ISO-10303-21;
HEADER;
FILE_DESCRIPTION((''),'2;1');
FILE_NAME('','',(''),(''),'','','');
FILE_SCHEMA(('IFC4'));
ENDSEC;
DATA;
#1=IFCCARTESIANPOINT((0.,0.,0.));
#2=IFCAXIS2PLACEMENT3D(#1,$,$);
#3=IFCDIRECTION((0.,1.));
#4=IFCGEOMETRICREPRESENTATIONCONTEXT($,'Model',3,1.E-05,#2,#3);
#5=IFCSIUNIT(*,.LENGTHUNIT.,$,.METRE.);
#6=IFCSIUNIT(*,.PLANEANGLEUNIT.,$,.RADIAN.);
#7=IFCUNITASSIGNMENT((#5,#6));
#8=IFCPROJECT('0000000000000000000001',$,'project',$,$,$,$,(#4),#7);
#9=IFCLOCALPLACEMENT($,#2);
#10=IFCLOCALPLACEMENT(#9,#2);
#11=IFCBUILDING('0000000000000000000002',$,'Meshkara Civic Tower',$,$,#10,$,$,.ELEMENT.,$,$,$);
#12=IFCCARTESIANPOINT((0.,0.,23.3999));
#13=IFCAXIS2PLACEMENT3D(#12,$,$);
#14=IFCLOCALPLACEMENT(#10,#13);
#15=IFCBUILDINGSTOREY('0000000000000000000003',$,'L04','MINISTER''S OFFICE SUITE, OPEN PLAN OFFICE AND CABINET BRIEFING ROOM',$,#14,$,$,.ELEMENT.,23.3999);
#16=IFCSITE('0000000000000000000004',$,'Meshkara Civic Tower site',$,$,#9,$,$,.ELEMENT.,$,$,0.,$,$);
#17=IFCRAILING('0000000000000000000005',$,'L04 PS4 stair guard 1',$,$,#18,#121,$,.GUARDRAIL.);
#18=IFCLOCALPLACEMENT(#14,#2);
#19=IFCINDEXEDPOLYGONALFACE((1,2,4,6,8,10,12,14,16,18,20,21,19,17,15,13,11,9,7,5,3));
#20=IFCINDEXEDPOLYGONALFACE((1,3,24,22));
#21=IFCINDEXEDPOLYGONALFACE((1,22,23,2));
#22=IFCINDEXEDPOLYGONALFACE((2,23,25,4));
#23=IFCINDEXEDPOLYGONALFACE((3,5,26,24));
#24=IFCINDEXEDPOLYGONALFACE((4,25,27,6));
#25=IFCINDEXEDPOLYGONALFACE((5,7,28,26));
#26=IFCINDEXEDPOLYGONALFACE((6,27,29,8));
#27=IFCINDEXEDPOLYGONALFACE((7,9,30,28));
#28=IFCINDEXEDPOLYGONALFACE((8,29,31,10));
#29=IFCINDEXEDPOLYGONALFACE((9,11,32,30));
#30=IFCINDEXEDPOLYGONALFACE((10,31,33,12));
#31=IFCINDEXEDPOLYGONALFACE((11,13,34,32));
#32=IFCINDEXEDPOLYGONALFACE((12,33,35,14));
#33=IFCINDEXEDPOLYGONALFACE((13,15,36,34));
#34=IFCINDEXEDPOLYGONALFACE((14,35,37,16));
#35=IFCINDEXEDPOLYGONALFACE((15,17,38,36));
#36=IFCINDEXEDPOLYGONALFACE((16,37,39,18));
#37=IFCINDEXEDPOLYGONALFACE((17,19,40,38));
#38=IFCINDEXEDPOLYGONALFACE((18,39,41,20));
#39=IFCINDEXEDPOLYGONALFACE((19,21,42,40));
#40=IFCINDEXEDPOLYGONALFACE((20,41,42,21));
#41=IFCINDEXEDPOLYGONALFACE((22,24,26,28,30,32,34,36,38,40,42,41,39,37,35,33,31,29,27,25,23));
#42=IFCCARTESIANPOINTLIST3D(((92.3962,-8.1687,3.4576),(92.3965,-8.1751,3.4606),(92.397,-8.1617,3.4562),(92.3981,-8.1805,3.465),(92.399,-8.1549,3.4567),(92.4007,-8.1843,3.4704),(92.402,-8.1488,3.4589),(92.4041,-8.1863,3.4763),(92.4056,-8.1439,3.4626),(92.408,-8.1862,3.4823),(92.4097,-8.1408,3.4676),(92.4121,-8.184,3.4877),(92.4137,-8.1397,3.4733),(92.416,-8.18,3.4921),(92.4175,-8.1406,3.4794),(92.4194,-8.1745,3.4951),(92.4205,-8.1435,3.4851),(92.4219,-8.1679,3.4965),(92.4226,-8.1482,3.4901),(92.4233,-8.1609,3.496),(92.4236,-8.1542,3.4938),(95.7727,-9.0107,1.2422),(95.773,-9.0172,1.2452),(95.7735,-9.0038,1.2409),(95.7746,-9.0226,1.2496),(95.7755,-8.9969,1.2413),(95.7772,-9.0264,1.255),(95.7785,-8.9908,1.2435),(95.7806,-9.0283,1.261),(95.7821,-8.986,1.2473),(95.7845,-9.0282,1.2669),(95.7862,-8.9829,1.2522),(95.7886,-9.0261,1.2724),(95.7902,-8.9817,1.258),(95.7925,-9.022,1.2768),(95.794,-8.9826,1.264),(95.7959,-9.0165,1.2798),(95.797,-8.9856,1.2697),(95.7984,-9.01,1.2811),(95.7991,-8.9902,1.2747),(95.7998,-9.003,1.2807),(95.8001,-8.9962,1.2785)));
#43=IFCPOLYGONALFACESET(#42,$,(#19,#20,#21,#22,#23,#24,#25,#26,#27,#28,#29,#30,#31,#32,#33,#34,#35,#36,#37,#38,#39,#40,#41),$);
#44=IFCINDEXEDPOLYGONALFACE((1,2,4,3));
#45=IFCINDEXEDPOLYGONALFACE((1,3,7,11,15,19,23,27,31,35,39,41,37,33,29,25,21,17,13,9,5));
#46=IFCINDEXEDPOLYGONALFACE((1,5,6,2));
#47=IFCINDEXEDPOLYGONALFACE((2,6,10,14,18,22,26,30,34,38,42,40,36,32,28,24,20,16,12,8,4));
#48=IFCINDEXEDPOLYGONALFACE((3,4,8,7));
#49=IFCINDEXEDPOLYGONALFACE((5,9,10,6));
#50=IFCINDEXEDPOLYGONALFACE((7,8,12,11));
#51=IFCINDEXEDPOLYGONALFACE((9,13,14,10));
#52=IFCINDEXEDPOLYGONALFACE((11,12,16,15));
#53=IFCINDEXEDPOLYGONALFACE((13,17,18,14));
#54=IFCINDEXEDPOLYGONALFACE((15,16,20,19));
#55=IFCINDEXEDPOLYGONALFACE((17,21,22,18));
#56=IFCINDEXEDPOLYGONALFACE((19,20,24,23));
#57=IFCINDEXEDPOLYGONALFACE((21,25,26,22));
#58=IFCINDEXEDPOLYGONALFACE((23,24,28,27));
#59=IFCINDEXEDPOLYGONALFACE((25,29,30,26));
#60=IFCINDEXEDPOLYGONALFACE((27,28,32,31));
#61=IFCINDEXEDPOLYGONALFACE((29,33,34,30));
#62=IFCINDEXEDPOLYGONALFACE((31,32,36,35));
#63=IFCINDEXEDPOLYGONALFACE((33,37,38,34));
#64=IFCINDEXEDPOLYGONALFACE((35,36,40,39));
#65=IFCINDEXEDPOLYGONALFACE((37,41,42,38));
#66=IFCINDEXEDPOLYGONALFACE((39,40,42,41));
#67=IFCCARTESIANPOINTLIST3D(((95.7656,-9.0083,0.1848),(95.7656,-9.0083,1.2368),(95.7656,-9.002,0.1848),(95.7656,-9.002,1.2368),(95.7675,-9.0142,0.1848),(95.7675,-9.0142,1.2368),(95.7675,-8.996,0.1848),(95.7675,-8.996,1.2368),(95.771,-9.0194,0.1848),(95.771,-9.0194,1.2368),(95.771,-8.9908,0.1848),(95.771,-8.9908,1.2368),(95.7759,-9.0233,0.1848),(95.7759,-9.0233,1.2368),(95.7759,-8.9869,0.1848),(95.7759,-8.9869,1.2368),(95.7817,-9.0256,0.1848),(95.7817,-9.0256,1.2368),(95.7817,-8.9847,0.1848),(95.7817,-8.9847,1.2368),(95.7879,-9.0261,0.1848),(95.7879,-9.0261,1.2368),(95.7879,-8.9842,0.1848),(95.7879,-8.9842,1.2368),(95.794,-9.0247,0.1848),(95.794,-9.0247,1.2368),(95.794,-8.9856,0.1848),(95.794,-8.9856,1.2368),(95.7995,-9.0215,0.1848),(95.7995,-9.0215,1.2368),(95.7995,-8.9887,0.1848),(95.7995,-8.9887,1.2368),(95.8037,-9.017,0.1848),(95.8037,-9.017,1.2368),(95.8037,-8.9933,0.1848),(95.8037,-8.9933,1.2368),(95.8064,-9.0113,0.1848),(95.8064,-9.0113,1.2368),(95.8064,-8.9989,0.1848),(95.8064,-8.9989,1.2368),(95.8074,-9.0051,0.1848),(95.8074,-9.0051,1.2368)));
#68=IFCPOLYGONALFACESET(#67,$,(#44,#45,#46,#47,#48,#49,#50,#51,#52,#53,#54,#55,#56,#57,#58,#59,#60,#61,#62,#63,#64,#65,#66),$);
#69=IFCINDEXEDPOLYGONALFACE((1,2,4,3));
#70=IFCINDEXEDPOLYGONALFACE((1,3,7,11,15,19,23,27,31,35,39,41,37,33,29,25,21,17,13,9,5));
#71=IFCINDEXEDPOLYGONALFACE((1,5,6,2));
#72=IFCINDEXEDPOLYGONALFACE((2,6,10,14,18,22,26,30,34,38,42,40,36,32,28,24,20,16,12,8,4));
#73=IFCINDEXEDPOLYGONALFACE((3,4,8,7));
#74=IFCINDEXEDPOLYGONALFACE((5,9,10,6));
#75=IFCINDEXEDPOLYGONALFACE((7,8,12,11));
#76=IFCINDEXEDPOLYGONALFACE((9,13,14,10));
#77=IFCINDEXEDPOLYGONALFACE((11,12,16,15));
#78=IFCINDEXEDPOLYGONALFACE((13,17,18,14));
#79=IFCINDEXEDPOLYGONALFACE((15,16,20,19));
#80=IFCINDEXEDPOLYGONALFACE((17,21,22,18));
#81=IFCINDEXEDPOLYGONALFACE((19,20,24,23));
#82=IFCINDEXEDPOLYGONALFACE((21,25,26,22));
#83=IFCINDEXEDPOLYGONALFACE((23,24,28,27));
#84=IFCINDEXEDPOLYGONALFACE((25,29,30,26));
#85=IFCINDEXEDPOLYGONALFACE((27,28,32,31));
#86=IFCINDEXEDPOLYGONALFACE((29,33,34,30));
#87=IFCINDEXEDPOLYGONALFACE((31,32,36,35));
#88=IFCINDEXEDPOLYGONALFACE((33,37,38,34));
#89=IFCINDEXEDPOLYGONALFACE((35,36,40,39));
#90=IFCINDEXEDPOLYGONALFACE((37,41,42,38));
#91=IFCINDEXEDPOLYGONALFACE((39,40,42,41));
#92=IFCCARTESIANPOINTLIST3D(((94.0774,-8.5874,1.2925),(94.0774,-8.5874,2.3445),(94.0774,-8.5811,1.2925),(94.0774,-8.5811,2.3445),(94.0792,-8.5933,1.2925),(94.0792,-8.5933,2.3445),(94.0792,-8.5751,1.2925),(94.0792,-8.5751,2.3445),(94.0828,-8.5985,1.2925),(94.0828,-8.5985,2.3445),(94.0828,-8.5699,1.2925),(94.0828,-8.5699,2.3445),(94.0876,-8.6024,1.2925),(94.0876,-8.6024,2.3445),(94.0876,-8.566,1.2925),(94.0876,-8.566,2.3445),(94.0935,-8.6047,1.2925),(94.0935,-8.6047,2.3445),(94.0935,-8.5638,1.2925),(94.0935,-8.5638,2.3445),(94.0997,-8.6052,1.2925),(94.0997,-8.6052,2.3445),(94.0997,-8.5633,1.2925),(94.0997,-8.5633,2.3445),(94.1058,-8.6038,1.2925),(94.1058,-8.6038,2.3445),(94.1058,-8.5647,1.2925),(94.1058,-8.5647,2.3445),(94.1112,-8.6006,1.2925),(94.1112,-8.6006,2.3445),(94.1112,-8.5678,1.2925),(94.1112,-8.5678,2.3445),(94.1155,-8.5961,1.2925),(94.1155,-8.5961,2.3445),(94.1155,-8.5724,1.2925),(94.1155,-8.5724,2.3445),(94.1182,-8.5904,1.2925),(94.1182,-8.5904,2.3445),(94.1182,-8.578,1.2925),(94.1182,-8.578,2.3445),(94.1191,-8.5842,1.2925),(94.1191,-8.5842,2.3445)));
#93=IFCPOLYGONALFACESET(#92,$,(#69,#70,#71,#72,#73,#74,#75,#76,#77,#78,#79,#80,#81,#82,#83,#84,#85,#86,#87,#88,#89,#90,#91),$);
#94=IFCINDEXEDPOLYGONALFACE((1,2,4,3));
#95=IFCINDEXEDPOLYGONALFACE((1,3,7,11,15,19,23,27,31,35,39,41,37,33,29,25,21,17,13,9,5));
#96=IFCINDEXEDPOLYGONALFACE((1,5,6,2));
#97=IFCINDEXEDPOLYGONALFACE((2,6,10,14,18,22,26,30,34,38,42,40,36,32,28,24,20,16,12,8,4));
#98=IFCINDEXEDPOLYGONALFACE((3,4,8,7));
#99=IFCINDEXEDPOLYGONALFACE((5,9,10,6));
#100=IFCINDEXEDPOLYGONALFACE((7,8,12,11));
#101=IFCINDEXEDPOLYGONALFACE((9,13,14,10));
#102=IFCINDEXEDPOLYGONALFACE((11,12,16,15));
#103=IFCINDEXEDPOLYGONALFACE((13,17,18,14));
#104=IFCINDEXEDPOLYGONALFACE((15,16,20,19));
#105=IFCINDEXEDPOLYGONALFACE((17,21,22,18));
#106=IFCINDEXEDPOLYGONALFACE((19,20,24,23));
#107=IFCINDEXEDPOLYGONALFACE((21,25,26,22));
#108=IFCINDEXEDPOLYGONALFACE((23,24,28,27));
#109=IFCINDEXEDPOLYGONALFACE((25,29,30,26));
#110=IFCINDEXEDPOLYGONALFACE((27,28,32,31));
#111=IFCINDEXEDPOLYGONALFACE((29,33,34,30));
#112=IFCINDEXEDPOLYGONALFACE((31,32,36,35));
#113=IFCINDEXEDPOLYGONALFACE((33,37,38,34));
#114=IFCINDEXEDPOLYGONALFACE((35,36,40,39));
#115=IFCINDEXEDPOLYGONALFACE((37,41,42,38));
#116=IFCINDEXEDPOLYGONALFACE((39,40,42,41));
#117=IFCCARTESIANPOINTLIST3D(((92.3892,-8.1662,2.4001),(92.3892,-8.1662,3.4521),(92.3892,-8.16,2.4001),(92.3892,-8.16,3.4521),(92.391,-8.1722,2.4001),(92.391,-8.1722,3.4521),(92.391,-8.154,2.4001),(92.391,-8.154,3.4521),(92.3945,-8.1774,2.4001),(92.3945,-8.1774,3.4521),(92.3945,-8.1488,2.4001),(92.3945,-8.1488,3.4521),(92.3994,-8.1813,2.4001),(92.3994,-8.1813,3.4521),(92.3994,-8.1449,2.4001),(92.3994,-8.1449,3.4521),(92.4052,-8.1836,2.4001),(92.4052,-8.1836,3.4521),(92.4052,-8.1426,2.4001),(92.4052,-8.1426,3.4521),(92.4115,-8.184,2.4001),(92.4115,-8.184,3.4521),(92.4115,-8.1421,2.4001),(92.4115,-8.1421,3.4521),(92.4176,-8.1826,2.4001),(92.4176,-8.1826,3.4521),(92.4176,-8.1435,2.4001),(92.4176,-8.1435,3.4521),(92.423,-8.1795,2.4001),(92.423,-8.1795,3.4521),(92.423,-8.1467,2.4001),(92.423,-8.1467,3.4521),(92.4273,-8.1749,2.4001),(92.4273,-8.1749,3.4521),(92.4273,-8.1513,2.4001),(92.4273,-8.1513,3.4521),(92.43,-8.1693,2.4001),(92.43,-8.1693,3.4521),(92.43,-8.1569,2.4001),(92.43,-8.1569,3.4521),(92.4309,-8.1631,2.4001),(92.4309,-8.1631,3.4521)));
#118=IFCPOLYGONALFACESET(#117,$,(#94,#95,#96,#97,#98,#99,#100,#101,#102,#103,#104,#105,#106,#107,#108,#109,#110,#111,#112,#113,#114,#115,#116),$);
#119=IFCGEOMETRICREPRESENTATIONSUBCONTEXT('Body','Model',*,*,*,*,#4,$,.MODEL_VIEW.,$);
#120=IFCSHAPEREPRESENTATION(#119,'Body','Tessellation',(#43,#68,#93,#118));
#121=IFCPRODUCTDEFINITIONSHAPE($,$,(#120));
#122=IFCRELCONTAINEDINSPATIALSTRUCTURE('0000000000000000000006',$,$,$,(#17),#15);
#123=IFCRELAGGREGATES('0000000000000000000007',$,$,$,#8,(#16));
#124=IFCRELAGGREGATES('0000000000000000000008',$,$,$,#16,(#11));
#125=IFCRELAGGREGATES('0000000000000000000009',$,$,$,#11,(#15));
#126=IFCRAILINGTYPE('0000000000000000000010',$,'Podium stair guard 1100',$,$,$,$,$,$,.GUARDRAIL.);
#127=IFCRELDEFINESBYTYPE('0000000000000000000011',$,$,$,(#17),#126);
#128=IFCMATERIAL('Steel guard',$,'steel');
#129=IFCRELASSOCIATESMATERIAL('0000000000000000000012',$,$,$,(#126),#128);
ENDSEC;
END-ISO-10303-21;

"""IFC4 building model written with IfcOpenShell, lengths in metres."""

from ifc_helpers import new_model, si_unit, direction, frame, origin, origin_2d, place, context, subcontext, project, spatial, circle, extrude, material, type_object, element, save


model = new_model("IFC4")

# Units and contexts
model_context = context("Model", 3, precision=1e-05, world=origin(), true_north=direction((0.0, 1.0)))
body_context = subcontext(model_context, "Body", "Model", "MODEL_VIEW")
ifc_project = project(units=[si_unit("LENGTHUNIT", "METRE"), si_unit("PLANEANGLEUNIT", "RADIAN")], contexts=[model_context])

# Site, building, storey
site_placement = place(None, origin())
site = spatial("IfcSite", under=ifc_project, at=site_placement, Name="Meshkara Civic Tower site", CompositionType="ELEMENT", RefElevation=0.0)
building_placement = place(site_placement, origin())
building = spatial("IfcBuilding", under=site, at=building_placement, Name="Meshkara Civic Tower", CompositionType="ELEMENT")
storey_placement = place(building_placement, frame((0.0, 0.0, 23.3999)))
storey = spatial("IfcBuildingStorey", under=building, at=storey_placement, Name="L04", Description="MINISTER'S OFFICE SUITE, OPEN PLAN OFFICE AND CABINET BRIEFING ROOM", CompositionType="ELEMENT", Elevation=23.3999)

# Railing
ifc_material_1 = material(Name="Steel guard", Category="steel")
railing_type_1 = type_object("IfcRailingType", Name="Podium stair guard 1100", PredefinedType="GUARDRAIL", material=ifc_material_1)
railing_1_placement = place(storey_placement, frame((95.7864, -9.0051, 0.1848)))
element("IfcRailing", 1, at=railing_1_placement, inside=storey, type_object=railing_type_1, Name="L04 PS4 stair guard 1", PredefinedType="GUARDRAIL", context=body_context, shape_type="SweptSolid", body=[
    extrude(circle(Radius=0.0239, at=origin_2d()), frame((0.0, 0.0, 1.0762), z_axis=(-0.818498, 0.204121, 0.537025), x_axis=(-0.241974, -0.970283, 0.0)), (0.0, 0.0, 1.0), 4.1252),
    extrude(circle(Radius=0.021, at=origin_2d()), origin(), (0.0, 0.0, 1.0), 1.052),
    extrude(circle(Radius=0.021, at=origin_2d()), frame((-1.6882, 0.4209, 1.1077)), (0.0, 0.0, 1.0), 1.052),
    extrude(circle(Radius=0.021, at=origin_2d()), frame((-3.3765, 0.842, 2.2153)), (0.0, 0.0, 1.0), 1.052),
])

save(model, "model.ifc")
